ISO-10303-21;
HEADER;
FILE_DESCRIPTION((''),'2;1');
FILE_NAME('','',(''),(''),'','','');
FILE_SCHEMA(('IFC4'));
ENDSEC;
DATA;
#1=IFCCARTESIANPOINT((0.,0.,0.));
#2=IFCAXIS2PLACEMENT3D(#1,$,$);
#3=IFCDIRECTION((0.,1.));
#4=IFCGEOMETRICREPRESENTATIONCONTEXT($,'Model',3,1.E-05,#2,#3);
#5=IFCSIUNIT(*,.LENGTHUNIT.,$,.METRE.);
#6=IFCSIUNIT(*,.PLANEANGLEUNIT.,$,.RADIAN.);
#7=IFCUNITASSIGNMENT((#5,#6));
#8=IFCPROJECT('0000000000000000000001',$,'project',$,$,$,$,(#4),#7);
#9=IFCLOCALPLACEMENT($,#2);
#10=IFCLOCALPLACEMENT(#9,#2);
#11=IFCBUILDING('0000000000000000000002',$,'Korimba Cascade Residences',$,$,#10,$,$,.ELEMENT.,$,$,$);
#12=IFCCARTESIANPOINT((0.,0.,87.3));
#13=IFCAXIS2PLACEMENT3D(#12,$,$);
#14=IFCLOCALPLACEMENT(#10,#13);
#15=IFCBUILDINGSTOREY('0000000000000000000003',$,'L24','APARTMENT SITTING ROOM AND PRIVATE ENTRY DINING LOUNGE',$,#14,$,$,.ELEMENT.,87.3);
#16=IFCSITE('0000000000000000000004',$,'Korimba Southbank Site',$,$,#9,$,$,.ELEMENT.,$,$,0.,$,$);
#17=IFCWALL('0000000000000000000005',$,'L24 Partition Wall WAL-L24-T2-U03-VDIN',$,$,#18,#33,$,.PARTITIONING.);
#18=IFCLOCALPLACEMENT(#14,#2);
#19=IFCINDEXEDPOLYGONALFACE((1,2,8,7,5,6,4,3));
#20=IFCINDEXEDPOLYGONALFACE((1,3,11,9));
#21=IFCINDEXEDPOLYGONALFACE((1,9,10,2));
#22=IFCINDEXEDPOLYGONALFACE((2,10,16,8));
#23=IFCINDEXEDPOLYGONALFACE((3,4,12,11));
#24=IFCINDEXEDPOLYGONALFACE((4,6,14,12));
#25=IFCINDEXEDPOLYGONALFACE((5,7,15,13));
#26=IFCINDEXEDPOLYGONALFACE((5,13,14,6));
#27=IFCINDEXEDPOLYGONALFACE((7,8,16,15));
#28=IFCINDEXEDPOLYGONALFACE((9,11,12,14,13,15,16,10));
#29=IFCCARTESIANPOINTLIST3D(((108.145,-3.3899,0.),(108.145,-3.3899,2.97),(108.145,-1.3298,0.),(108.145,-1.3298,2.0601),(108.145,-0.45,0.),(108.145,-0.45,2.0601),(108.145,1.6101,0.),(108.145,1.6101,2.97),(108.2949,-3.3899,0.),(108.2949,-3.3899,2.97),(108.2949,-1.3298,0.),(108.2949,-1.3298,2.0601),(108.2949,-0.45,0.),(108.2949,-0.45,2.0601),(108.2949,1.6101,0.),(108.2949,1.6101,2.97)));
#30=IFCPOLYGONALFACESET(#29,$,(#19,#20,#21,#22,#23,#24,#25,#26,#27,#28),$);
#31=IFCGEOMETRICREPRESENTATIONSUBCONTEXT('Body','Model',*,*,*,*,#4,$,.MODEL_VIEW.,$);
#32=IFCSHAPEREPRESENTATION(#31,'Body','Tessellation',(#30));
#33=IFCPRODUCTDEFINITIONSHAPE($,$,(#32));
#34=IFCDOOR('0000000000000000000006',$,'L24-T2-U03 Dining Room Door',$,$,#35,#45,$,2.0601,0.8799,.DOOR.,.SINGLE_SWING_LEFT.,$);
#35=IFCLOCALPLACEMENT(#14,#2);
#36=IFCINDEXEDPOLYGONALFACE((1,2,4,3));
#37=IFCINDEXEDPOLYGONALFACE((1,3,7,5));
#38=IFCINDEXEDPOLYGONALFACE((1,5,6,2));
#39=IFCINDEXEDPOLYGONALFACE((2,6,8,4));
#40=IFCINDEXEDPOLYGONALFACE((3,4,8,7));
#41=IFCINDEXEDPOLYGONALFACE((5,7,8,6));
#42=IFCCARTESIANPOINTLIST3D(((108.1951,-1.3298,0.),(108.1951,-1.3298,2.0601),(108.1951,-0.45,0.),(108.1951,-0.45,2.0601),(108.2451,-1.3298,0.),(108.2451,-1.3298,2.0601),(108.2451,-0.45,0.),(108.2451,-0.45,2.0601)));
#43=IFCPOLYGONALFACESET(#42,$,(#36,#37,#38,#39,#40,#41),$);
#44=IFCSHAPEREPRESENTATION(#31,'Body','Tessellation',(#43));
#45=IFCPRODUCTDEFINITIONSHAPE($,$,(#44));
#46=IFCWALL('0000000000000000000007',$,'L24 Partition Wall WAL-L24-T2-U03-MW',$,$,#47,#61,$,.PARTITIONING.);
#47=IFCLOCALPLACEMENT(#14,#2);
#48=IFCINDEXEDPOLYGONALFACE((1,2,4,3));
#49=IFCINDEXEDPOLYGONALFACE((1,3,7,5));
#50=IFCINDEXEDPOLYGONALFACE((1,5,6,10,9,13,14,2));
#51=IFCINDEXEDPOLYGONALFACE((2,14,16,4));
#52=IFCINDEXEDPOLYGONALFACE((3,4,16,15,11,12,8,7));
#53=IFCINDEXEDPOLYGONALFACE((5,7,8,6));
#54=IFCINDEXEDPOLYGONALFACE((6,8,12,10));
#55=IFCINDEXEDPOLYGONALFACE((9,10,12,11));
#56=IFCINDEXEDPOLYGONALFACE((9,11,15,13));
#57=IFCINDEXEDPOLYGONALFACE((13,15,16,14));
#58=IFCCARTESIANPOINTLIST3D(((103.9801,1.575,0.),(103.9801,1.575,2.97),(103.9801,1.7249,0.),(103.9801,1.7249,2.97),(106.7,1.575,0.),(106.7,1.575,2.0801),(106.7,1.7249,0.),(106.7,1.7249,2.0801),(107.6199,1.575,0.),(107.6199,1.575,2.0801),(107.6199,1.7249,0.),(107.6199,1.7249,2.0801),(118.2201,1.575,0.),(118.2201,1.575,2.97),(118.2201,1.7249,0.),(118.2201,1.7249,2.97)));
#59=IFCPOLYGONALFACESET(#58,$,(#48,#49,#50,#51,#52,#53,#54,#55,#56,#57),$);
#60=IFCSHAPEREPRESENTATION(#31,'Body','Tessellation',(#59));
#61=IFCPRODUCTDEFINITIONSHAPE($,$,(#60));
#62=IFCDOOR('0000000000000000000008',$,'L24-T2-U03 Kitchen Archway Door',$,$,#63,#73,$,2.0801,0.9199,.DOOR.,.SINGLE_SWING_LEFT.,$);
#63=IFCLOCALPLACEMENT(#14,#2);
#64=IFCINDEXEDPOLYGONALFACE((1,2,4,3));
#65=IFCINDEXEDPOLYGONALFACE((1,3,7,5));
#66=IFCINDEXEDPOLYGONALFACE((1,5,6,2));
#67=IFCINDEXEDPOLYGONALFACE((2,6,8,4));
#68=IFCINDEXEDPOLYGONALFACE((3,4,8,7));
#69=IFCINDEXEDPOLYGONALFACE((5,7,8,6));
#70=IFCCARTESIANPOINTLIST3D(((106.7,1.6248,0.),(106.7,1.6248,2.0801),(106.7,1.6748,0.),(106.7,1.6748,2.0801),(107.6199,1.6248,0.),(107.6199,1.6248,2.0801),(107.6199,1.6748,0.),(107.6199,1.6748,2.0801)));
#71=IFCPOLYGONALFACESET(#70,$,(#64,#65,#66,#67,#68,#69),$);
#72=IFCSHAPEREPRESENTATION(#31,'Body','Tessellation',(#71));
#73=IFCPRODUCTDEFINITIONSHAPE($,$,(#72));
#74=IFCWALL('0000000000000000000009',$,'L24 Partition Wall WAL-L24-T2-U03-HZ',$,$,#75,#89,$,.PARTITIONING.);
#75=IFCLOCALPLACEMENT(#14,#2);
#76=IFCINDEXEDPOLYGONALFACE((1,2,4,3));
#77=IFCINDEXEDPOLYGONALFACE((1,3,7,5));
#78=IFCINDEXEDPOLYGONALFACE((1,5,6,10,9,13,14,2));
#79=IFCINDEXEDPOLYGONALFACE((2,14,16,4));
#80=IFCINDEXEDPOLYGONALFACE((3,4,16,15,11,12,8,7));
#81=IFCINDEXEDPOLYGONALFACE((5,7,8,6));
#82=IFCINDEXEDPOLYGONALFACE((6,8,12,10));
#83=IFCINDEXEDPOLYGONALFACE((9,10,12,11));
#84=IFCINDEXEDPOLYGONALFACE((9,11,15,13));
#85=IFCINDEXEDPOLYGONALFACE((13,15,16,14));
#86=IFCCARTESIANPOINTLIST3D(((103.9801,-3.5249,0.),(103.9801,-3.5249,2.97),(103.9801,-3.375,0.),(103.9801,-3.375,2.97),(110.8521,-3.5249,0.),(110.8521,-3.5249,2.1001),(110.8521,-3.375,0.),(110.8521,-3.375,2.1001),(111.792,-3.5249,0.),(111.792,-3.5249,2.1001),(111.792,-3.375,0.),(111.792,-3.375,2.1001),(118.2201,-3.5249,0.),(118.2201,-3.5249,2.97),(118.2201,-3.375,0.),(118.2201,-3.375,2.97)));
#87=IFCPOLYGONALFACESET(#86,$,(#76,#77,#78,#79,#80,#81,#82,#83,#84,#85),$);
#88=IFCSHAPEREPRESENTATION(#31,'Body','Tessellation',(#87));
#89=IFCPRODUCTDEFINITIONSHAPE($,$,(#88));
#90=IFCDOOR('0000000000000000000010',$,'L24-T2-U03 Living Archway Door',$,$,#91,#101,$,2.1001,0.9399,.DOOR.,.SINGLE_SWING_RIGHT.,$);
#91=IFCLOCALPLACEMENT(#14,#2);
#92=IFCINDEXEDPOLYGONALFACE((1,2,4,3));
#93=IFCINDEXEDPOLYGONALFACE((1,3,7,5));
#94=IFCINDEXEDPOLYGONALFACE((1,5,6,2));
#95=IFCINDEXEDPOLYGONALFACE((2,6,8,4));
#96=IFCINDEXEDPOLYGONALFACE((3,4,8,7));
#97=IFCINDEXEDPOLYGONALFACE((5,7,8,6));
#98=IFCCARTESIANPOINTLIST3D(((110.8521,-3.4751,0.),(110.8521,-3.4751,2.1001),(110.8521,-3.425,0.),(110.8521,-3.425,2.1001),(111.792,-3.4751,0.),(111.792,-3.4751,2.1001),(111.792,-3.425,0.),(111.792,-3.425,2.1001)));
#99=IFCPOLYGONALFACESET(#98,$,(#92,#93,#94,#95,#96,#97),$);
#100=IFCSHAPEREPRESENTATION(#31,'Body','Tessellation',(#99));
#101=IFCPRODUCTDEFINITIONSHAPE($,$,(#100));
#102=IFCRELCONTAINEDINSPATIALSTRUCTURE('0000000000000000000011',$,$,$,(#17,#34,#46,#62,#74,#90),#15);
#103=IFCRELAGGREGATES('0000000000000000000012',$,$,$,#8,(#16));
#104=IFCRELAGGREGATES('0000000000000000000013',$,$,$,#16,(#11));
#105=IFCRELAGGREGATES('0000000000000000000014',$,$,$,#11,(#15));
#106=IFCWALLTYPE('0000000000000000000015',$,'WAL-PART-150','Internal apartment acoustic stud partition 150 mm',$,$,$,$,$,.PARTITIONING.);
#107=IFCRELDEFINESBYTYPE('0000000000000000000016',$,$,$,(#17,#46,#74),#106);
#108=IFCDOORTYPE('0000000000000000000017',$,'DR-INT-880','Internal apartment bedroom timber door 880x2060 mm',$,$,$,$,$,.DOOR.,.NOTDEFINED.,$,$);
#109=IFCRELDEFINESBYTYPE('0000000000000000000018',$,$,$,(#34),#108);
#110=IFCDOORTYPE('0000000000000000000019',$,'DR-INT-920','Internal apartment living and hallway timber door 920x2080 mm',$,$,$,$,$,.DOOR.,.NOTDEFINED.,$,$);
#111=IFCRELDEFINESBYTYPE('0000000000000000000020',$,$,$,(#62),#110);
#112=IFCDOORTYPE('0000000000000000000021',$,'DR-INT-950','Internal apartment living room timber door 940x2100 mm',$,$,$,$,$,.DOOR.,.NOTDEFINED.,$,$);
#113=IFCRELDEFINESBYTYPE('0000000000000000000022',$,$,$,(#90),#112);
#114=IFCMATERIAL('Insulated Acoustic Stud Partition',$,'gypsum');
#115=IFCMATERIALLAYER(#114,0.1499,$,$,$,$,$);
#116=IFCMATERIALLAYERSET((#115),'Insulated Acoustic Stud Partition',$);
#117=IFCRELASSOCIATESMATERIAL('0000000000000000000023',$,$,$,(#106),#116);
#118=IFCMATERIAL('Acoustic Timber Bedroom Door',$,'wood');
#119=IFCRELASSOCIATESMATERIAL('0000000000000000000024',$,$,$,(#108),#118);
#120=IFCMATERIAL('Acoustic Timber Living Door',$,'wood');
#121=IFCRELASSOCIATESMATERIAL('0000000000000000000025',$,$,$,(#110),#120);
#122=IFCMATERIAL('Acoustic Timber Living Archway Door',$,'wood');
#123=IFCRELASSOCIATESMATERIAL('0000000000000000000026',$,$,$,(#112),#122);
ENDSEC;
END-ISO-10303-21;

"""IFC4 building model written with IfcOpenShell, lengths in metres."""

from ifc_helpers import new_model, si_unit, direction, frame, frame_2d, origin, place, context, subcontext, project, spatial, rectangle, extrude, material, layer, layer_set, type_object, element, fill, save


model = new_model("IFC4")

# Units and contexts
model_context = context("Model", 3, precision=1e-05, world=origin(), true_north=direction((0.0, 1.0)))
body_context = subcontext(model_context, "Body", "Model", "MODEL_VIEW")
ifc_project = project(units=[si_unit("LENGTHUNIT", "METRE"), si_unit("PLANEANGLEUNIT", "RADIAN")], contexts=[model_context])

# Site, building, storey
site_placement = place(None, origin())
site = spatial("IfcSite", under=ifc_project, at=site_placement, Name="Korimba Southbank Site", CompositionType="ELEMENT", RefElevation=0.0)
building_placement = place(site_placement, origin())
building = spatial("IfcBuilding", under=site, at=building_placement, Name="Korimba Cascade Residences", CompositionType="ELEMENT")
storey_placement = place(building_placement, frame((0.0, 0.0, 87.3)))
storey = spatial("IfcBuildingStorey", under=building, at=storey_placement, Name="L24", Description="APARTMENT SITTING ROOM AND PRIVATE ENTRY DINING LOUNGE", CompositionType="ELEMENT", Elevation=87.3)

# Shared definitions
ifc_material_1 = material(Name="Insulated Acoustic Stud Partition", Category="gypsum")
ifc_layer = layer(ifc_material_1, 0.1499)
ifc_layer_set = layer_set([ifc_layer], Name="Insulated Acoustic Stud Partition")
wall_type = type_object("IfcWallType", Name="WAL-PART-150", Description="Internal apartment acoustic stud partition 150 mm", PredefinedType="PARTITIONING", material=ifc_layer_set)
ifc_material_2 = material(Name="Acoustic Timber Bedroom Door", Category="wood")
door_type_1 = type_object("IfcDoorType", Name="DR-INT-880", Description="Internal apartment bedroom timber door 880x2060 mm", OperationType="NOTDEFINED", PredefinedType="DOOR", material=ifc_material_2)

# Walls, openings, doors
wall_1_placement = place(storey_placement, frame((108.22, -3.3899, 0.0), z_axis=(0.0, 0.0, 1.0), x_axis=(0.0, 1.0, 0.0)))
wall_1 = element("IfcWall", 1, at=wall_1_placement, inside=storey, type_object=wall_type, Name="L24 Partition Wall WAL-L24-T2-U03-VDIN", PredefinedType="PARTITIONING", context=body_context, shape_type="SweptSolid", body=[
    extrude(rectangle(XDim=5.0, YDim=0.1499, at=frame_2d((2.5, 0.0))), origin(), (0.0, 0.0, 1.0), 2.97),
])
opening_1_placement = place(wall_1_placement, frame((2.0601, 0.0, 0.0)))
opening_1 = element("IfcOpeningElement", 2, at=opening_1_placement, cuts=wall_1, PredefinedType="OPENING", context=body_context, shape_type="SweptSolid", body=[
    extrude(rectangle(XDim=0.8799, YDim=2.0601, at=frame_2d((0.4399, 1.03))), frame((0.0, 0.085, 0.0), z_axis=(0.0, -1.0, 0.0), x_axis=(1.0, 0.0, 0.0)), (0.0, 0.0, 1.0), 0.1699),
])
door_1_placement = place(opening_1_placement, origin())
door_1 = element("IfcDoor", 3, at=door_1_placement, inside=storey, type_object=door_type_1, Name="L24-T2-U03 Dining Room Door", OperationType="SINGLE_SWING_LEFT", OverallHeight=2.0601, OverallWidth=0.8799, PredefinedType="DOOR", context=body_context, shape_type="SweptSolid", body=[
    extrude(rectangle(XDim=0.8799, YDim=2.0601, at=frame_2d((0.4399, 1.03))), frame((0.0, 0.0249, 0.0), z_axis=(0.0, -1.0, 0.0), x_axis=(1.0, 0.0, 0.0)), (0.0, 0.0, 1.0), 0.05),
])
fill(opening_1, door_1)
wall_2_placement = place(storey_placement, frame((103.98, 1.6499, 0.0), z_axis=(0.0, 0.0, 1.0), x_axis=(1.0, 0.0, 0.0)))
wall_2 = element("IfcWall", 4, at=wall_2_placement, inside=storey, type_object=wall_type, Name="L24 Partition Wall WAL-L24-T2-U03-MW", PredefinedType="PARTITIONING", context=body_context, shape_type="SweptSolid", body=[
    extrude(rectangle(XDim=14.24, YDim=0.1499, at=frame_2d((7.1201, 0.0))), origin(), (0.0, 0.0, 1.0), 2.97),
])
opening_2_placement = place(wall_2_placement, frame((2.72, 0.0, 0.0)))
opening_2 = element("IfcOpeningElement", 5, at=opening_2_placement, cuts=wall_2, PredefinedType="OPENING", context=body_context, shape_type="SweptSolid", body=[
    extrude(rectangle(XDim=0.9199, YDim=2.0801, at=frame_2d((0.46, 1.04))), frame((0.0, 0.085, 0.0), z_axis=(0.0, -1.0, 0.0), x_axis=(1.0, 0.0, 0.0)), (0.0, 0.0, 1.0), 0.1699),
])
ifc_material_3 = material(Name="Acoustic Timber Living Door", Category="wood")
door_type_2 = type_object("IfcDoorType", Name="DR-INT-920", Description="Internal apartment living and hallway timber door 920x2080 mm", OperationType="NOTDEFINED", PredefinedType="DOOR", material=ifc_material_3)
door_2_placement = place(opening_2_placement, origin())
door_2 = element("IfcDoor", 6, at=door_2_placement, inside=storey, type_object=door_type_2, Name="L24-T2-U03 Kitchen Archway Door", OperationType="SINGLE_SWING_LEFT", OverallHeight=2.0801, OverallWidth=0.9199, PredefinedType="DOOR", context=body_context, shape_type="SweptSolid", body=[
    extrude(rectangle(XDim=0.9199, YDim=2.0801, at=frame_2d((0.46, 1.04))), frame((0.0, 0.0249, 0.0), z_axis=(0.0, -1.0, 0.0), x_axis=(1.0, 0.0, 0.0)), (0.0, 0.0, 1.0), 0.05),
])
fill(opening_2, door_2)
wall_3_placement = place(storey_placement, frame((103.98, -3.45, 0.0), z_axis=(0.0, 0.0, 1.0), x_axis=(1.0, 0.0, 0.0)))
wall_3 = element("IfcWall", 7, at=wall_3_placement, inside=storey, type_object=wall_type, Name="L24 Partition Wall WAL-L24-T2-U03-HZ", PredefinedType="PARTITIONING", context=body_context, shape_type="SweptSolid", body=[
    extrude(rectangle(XDim=14.24, YDim=0.1499, at=frame_2d((7.1201, 0.0))), origin(), (0.0, 0.0, 1.0), 2.97),
])
opening_3_placement = place(wall_3_placement, frame((6.8721, 0.0, 0.0)))
opening_3 = element("IfcOpeningElement", 8, at=opening_3_placement, cuts=wall_3, PredefinedType="OPENING", context=body_context, shape_type="SweptSolid", body=[
    extrude(rectangle(XDim=0.9399, YDim=2.1001, at=frame_2d((0.47, 1.05))), frame((0.0, 0.085, 0.0), z_axis=(0.0, -1.0, 0.0), x_axis=(1.0, 0.0, 0.0)), (0.0, 0.0, 1.0), 0.1699),
])
ifc_material_4 = material(Name="Acoustic Timber Living Archway Door", Category="wood")
door_type_3 = type_object("IfcDoorType", Name="DR-INT-950", Description="Internal apartment living room timber door 940x2100 mm", OperationType="NOTDEFINED", PredefinedType="DOOR", material=ifc_material_4)
door_3_placement = place(opening_3_placement, origin())
door_3 = element("IfcDoor", 9, at=door_3_placement, inside=storey, type_object=door_type_3, Name="L24-T2-U03 Living Archway Door", OperationType="SINGLE_SWING_RIGHT", OverallHeight=2.1001, OverallWidth=0.9399, PredefinedType="DOOR", context=body_context, shape_type="SweptSolid", body=[
    extrude(rectangle(XDim=0.9399, YDim=2.1001, at=frame_2d((0.47, 1.05))), frame((0.0, 0.0249, 0.0), z_axis=(0.0, -1.0, 0.0), x_axis=(1.0, 0.0, 0.0)), (0.0, 0.0, 1.0), 0.05),
])
fill(opening_3, door_3)

save(model, "model.ifc")
